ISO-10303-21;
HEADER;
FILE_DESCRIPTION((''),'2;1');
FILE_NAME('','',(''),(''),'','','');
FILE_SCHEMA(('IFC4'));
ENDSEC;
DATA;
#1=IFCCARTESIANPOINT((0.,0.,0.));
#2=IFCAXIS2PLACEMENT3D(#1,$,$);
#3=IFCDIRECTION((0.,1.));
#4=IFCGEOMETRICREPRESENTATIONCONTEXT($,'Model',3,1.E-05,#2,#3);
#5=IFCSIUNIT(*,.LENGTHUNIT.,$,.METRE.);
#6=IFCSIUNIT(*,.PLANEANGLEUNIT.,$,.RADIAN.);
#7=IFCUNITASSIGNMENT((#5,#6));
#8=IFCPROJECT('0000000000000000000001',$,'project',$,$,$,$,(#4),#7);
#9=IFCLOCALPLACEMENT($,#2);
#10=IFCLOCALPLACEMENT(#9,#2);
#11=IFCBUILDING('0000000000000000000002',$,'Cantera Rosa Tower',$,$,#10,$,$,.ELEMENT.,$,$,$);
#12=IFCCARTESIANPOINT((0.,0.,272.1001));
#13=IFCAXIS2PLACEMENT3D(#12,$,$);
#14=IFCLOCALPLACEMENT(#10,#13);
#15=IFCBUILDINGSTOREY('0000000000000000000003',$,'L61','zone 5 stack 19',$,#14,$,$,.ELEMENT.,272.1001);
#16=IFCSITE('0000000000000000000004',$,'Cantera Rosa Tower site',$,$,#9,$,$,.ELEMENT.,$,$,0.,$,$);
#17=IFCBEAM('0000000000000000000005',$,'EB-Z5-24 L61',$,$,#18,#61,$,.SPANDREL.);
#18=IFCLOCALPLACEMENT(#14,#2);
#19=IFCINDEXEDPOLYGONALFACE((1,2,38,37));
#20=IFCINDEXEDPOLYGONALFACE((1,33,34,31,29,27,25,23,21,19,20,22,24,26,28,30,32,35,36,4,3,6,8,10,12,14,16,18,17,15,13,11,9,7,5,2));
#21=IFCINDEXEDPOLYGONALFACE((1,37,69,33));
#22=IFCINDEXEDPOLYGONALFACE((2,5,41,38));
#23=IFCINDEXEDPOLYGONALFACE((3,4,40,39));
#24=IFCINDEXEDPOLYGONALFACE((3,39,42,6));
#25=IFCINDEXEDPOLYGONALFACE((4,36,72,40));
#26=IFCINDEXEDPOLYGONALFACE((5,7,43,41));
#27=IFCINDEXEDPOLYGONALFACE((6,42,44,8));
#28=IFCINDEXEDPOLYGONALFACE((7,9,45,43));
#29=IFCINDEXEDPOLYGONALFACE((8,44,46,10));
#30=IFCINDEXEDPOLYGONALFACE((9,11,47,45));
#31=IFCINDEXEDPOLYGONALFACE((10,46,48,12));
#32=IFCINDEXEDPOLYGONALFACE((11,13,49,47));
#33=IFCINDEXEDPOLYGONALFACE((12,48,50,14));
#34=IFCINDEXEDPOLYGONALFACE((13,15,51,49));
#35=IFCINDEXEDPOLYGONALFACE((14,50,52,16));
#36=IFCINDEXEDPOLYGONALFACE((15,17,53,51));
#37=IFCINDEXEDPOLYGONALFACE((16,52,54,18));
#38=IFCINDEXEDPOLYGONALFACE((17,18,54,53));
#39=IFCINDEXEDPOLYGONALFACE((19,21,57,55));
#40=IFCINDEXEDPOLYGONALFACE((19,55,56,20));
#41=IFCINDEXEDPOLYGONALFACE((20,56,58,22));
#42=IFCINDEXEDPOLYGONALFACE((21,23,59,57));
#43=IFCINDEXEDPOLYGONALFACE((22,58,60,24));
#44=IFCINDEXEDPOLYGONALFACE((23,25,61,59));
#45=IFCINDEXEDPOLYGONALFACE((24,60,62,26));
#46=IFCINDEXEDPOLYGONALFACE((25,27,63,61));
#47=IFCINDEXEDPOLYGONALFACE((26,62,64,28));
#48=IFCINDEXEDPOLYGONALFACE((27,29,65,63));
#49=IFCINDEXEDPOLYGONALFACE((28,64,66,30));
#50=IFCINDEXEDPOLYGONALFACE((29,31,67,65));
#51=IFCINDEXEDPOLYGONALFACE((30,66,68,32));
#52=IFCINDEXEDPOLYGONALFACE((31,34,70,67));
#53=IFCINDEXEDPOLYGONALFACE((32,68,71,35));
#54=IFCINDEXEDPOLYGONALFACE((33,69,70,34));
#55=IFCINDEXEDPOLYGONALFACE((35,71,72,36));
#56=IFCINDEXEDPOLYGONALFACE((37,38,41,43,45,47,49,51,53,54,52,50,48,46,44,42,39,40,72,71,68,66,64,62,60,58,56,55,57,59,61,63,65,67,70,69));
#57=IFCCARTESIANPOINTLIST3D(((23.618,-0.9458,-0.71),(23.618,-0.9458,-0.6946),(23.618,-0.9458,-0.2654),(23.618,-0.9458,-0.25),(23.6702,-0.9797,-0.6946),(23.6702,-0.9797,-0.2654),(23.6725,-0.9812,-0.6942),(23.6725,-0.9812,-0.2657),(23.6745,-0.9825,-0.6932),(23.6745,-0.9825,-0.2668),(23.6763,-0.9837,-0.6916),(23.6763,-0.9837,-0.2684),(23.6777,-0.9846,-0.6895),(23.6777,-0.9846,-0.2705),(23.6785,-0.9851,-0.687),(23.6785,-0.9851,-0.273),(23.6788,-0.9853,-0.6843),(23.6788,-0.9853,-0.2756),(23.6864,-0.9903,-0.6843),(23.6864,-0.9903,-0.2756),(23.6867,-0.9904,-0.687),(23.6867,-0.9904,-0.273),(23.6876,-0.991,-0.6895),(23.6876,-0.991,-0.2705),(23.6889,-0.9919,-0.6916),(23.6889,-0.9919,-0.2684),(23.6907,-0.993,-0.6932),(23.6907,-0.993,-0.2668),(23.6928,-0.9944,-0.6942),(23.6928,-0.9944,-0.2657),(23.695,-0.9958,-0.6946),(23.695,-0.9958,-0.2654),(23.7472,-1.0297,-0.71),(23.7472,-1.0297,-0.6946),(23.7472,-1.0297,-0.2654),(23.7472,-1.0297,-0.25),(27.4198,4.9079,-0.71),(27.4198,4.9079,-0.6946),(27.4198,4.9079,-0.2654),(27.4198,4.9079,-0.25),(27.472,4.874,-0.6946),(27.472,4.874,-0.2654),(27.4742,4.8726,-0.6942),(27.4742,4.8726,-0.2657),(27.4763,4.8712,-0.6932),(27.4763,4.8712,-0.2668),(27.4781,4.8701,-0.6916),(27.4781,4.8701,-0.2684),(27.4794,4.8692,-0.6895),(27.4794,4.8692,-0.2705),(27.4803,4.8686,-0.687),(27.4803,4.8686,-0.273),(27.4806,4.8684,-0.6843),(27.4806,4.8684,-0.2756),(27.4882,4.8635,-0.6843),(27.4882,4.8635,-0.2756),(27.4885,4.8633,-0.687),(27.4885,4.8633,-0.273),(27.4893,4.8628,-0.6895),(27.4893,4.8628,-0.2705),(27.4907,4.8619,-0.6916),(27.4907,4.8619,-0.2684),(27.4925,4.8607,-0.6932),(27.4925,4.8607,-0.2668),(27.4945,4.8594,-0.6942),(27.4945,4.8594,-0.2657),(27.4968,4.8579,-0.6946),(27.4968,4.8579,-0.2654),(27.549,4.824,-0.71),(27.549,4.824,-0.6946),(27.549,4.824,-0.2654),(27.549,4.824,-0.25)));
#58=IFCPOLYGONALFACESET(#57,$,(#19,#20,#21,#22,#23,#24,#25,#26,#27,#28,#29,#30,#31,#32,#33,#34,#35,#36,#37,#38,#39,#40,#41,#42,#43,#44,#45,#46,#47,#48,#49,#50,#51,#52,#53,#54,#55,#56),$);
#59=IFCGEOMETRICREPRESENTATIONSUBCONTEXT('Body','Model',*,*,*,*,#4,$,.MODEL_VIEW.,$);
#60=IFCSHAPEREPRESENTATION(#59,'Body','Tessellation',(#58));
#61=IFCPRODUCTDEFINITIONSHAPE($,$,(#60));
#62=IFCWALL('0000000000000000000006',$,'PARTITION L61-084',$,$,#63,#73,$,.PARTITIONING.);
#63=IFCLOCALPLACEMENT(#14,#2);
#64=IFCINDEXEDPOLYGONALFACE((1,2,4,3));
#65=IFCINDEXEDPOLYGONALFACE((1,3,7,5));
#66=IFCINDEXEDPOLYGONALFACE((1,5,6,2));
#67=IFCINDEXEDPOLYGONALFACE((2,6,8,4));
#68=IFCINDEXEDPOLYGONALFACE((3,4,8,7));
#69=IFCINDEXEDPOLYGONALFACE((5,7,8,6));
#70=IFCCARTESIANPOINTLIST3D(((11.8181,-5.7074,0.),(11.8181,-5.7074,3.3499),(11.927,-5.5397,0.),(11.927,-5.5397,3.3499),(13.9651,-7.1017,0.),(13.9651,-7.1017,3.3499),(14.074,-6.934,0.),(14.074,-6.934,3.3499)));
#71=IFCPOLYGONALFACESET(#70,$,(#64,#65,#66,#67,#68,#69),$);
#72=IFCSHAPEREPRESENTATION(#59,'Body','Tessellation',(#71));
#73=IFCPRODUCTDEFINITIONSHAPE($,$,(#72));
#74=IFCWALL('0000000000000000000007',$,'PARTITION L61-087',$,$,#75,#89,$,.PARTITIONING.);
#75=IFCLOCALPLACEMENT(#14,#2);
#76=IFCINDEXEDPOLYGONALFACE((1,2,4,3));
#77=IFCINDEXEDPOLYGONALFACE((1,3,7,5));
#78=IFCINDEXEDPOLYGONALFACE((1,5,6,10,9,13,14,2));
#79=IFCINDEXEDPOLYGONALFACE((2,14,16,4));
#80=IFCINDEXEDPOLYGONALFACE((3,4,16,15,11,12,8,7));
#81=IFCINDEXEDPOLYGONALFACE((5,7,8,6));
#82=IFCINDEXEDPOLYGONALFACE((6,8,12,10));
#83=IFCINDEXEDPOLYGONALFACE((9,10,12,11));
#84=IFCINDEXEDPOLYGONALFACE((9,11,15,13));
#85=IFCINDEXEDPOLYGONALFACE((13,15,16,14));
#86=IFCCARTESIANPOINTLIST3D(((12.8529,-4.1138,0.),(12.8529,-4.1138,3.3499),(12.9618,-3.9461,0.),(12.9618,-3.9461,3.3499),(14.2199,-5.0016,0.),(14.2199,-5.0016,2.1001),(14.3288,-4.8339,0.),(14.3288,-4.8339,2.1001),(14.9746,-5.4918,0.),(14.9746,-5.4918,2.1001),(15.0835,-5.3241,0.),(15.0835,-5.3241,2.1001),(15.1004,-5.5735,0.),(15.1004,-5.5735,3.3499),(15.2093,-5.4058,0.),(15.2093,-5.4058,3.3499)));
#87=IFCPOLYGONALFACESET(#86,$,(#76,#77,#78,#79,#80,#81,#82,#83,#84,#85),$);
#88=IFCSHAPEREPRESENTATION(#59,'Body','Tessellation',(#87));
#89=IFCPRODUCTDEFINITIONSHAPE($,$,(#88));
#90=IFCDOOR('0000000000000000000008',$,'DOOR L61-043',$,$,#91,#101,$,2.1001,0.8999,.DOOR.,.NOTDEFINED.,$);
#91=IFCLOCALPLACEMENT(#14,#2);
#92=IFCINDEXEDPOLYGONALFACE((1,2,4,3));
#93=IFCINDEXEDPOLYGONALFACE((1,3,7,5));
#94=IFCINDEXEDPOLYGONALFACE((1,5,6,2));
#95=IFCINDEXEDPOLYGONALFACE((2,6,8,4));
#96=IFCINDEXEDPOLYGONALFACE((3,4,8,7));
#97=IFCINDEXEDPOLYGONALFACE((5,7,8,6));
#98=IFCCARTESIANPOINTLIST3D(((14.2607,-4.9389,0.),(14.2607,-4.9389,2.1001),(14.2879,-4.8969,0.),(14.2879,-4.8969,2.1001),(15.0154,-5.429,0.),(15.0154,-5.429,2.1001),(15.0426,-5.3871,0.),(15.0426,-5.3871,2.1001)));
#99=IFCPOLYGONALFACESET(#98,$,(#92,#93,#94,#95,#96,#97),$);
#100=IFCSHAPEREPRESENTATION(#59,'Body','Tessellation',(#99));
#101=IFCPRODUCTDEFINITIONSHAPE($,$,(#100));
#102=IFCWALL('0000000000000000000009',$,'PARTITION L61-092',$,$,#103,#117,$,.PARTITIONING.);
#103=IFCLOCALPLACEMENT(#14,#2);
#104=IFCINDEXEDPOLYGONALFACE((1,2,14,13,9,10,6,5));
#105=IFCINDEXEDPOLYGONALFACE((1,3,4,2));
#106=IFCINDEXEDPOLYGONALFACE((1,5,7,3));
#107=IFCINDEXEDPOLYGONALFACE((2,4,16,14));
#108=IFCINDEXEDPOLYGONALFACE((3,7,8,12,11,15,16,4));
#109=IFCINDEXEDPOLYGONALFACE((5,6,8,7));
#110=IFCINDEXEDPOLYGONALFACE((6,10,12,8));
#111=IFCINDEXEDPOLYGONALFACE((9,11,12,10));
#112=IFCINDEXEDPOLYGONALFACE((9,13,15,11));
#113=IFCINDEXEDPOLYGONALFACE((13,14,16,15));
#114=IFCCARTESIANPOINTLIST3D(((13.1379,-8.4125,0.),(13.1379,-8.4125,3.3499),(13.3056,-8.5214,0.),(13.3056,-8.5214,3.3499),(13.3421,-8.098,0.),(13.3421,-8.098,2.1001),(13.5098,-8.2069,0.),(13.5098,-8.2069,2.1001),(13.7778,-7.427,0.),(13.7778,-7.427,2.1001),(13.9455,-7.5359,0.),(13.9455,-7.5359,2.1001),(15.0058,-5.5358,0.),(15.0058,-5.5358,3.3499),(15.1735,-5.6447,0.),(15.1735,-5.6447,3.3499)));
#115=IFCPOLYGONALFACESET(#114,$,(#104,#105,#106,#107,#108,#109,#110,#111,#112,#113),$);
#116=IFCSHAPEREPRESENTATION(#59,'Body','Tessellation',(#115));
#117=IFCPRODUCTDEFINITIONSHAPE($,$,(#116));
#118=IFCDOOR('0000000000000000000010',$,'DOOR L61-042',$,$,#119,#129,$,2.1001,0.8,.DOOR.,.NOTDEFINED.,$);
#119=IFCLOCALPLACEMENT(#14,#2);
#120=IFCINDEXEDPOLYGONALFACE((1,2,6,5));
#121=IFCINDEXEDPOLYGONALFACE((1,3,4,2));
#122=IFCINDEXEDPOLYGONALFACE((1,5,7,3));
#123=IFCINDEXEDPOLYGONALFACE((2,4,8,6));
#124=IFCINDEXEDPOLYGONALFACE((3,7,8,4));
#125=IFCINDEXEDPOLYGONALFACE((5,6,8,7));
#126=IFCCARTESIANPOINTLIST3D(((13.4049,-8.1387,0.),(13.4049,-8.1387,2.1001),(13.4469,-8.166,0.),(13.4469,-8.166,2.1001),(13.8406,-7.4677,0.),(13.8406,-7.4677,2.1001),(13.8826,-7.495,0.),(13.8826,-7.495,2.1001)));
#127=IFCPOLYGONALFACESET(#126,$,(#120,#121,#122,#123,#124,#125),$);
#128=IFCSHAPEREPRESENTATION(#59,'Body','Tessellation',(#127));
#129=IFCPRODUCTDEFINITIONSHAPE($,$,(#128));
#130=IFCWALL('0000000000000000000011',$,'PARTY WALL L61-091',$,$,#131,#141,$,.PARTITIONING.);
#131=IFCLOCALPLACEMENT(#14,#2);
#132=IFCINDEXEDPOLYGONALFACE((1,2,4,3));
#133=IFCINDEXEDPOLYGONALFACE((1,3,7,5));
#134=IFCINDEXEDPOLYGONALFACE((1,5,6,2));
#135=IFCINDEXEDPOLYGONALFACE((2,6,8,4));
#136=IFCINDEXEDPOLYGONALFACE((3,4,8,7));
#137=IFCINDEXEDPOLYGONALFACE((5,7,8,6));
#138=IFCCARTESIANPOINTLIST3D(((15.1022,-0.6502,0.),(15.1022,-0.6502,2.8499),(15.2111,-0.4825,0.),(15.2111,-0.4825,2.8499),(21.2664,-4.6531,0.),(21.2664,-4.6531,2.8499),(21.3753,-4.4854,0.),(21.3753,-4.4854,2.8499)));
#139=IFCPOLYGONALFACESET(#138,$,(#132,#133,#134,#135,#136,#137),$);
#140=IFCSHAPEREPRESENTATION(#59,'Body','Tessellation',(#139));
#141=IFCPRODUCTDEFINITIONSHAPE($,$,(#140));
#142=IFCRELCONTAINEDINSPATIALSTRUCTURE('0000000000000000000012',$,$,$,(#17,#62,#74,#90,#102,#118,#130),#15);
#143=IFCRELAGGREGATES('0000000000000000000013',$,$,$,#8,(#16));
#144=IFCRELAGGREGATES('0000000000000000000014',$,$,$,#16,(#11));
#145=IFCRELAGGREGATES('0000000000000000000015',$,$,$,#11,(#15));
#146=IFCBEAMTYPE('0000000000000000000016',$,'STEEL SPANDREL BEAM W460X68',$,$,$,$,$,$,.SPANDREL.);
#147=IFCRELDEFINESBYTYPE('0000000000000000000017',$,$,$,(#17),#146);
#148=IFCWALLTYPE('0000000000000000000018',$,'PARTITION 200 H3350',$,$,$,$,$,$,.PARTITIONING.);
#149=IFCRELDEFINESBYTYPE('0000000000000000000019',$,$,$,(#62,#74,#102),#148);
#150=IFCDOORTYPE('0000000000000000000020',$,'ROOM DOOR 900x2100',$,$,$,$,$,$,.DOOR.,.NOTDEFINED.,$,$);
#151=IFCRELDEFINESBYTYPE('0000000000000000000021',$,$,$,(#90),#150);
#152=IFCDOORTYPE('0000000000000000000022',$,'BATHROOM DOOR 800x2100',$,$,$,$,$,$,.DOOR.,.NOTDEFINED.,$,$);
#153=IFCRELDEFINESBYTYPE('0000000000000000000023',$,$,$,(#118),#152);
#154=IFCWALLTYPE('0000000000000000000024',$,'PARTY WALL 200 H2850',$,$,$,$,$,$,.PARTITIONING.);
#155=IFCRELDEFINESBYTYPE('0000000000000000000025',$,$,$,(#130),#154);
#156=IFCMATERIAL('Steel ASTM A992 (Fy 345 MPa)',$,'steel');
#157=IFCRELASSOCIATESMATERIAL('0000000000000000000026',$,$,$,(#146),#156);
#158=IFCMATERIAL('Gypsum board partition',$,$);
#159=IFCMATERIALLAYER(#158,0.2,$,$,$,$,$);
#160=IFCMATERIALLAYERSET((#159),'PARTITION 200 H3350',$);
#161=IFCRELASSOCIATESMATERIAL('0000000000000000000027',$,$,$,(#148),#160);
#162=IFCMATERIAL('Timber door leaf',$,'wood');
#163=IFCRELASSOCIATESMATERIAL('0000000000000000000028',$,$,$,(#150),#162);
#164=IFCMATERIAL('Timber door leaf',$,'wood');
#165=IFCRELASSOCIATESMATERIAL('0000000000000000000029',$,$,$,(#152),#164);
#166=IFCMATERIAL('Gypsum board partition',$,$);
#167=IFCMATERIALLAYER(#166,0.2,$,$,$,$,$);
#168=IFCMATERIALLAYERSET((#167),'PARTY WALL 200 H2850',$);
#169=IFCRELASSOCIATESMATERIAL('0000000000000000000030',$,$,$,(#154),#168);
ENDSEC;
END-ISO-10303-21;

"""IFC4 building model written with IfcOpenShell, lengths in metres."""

from ifc_helpers import new_model, si_unit, direction, frame, frame_2d, origin, origin_2d, place, context, subcontext, project, spatial, rectangle, i_section, extrude, material, layer, layer_set, material_profile, profile_set, type_object, element, fill, save


model = new_model("IFC4")

# Units and contexts
model_context = context("Model", 3, precision=1e-05, world=origin(), true_north=direction((0.0, 1.0)))
body_context = subcontext(model_context, "Body", "Model", "MODEL_VIEW")
ifc_project = project(units=[si_unit("LENGTHUNIT", "METRE"), si_unit("PLANEANGLEUNIT", "RADIAN")], contexts=[model_context])

# Site, building, storey
site_placement = place(None, origin())
site = spatial("IfcSite", under=ifc_project, at=site_placement, Name="Cantera Rosa Tower site", CompositionType="ELEMENT", RefElevation=0.0)
building_placement = place(site_placement, origin())
building = spatial("IfcBuilding", under=site, at=building_placement, Name="Cantera Rosa Tower", CompositionType="ELEMENT")
storey_placement = place(building_placement, frame((0.0, 0.0, 272.1001)))
storey = spatial("IfcBuildingStorey", under=building, at=storey_placement, Name="L61", Description="zone 5 stack 19", CompositionType="ELEMENT", Elevation=272.1001)

# Beam
ifc_material_1 = material(Name="Steel ASTM A992 (Fy 345 MPa)", Category="steel")
ifc_material_profile_1 = material_profile(ifc_material_1, i_section(OverallWidth=0.1541, OverallDepth=0.46, WebThickness=0.009, FlangeThickness=0.0154, FilletRadius=0.0103, at=origin_2d()), Name="W460X68")
ifc_profile_set_1 = profile_set([ifc_material_profile_1], Name="Steel ASTM A992 (Fy 345 MPa)")
beam_type_1 = type_object("IfcBeamType", Name="STEEL SPANDREL BEAM W460X68", PredefinedType="SPANDREL", material=ifc_profile_set_1)
beam_1_placement = place(storey_placement, frame((23.6826, -0.9878, -0.48), z_axis=(0.544667, 0.838652, 0.0), x_axis=(-0.838652, 0.544667, 0.0)))
element("IfcBeam", 1, at=beam_1_placement, inside=storey, type_object=beam_type_1, Name="EB-Z5-24 L61", PredefinedType="SPANDREL", context=body_context, shape_type="SweptSolid", body=[
    extrude(i_section(OverallWidth=0.1541, OverallDepth=0.46, WebThickness=0.009, FlangeThickness=0.0154, FilletRadius=0.0103, at=origin_2d()), origin(), (0.0, 0.0, 1.0), 6.98),
])

# Wall
ifc_material_2 = material(Name="Gypsum board partition")
ifc_layer_1 = layer(ifc_material_2, 0.2)
ifc_layer_set_1 = layer_set([ifc_layer_1], Name="PARTITION 200 H3350")
wall_type_1 = type_object("IfcWallType", Name="PARTITION 200 H3350", PredefinedType="PARTITIONING", material=ifc_layer_set_1)
wall_1_placement = place(storey_placement, frame((11.8726, -5.6235, 0.0), z_axis=(0.0, 0.0, 1.0), x_axis=(0.838666, -0.544646, 0.0)))
element("IfcWall", 2, at=wall_1_placement, inside=storey, type_object=wall_type_1, Name="PARTITION L61-084", PredefinedType="PARTITIONING", context=body_context, shape_type="SweptSolid", body=[
    extrude(rectangle(XDim=2.5601, YDim=0.2, at=frame_2d((1.28, 0.0))), origin(), (0.0, 0.0, 1.0), 3.3499),
])

# Walls, openings, doors
wall_2_placement = place(storey_placement, frame((12.9075, -4.03, 0.0), z_axis=(0.0, 0.0, 1.0), x_axis=(0.838648, -0.544675, 0.0)))
wall_2 = element("IfcWall", 3, at=wall_2_placement, inside=storey, type_object=wall_type_1, Name="PARTITION L61-087", PredefinedType="PARTITIONING", context=body_context, shape_type="SweptSolid", body=[
    extrude(rectangle(XDim=2.6799, YDim=0.2, at=frame_2d((1.3398, 0.0))), origin(), (0.0, 0.0, 1.0), 3.3499),
])
opening_1_placement = place(wall_2_placement, frame((1.6299, 0.0, 0.0)))
opening_1 = element("IfcOpeningElement", 4, at=opening_1_placement, cuts=wall_2, PredefinedType="OPENING", context=body_context, shape_type="SweptSolid", body=[
    extrude(rectangle(XDim=0.8999, YDim=2.1001, at=frame_2d((0.45, 1.05))), frame((0.0, 0.1099, 0.0), z_axis=(0.0, -1.0, 0.0), x_axis=(1.0, 0.0, 0.0)), (0.0, 0.0, 1.0), 0.22),
])
ifc_material_3 = material(Name="Timber door leaf", Category="wood")
door_type_1 = type_object("IfcDoorType", Name="ROOM DOOR 900x2100", OperationType="NOTDEFINED", PredefinedType="DOOR", material=ifc_material_3)
door_1_placement = place(opening_1_placement, origin())
door_1 = element("IfcDoor", 5, at=door_1_placement, inside=storey, type_object=door_type_1, Name="DOOR L61-043", OperationType="NOTDEFINED", OverallHeight=2.1001, OverallWidth=0.8999, PredefinedType="DOOR", context=body_context, shape_type="SweptSolid", body=[
    extrude(rectangle(XDim=0.8999, YDim=2.1001, at=frame_2d((0.45, 1.05))), frame((0.0, 0.0249, 0.0), z_axis=(0.0, -1.0, 0.0), x_axis=(1.0, 0.0, 0.0)), (0.0, 0.0, 1.0), 0.05),
])
fill(opening_1, door_1)
wall_3_placement = place(storey_placement, frame((15.0896, -5.5903, 0.0), z_axis=(0.0, 0.0, 1.0), x_axis=(-0.54459, -0.838702, 0.0)))
wall_3 = element("IfcWall", 6, at=wall_3_placement, inside=storey, type_object=wall_type_1, Name="PARTITION L61-092", PredefinedType="PARTITIONING", context=body_context, shape_type="SweptSolid", body=[
    extrude(rectangle(XDim=3.4299, YDim=0.2, at=frame_2d((1.7148, 0.0))), origin(), (0.0, 0.0, 1.0), 3.3499),
])
opening_2_placement = place(wall_3_placement, frame((2.2549, 0.0, 0.0)))
opening_2 = element("IfcOpeningElement", 7, at=opening_2_placement, cuts=wall_3, PredefinedType="OPENING", context=body_context, shape_type="SweptSolid", body=[
    extrude(rectangle(XDim=0.8, YDim=2.1001, at=frame_2d((0.3999, 1.05))), frame((0.0, 0.1099, 0.0), z_axis=(0.0, -1.0, 0.0), x_axis=(1.0, 0.0, 0.0)), (0.0, 0.0, 1.0), 0.22),
])
ifc_material_4 = material(Name="Timber door leaf", Category="wood")
door_type_2 = type_object("IfcDoorType", Name="BATHROOM DOOR 800x2100", OperationType="NOTDEFINED", PredefinedType="DOOR", material=ifc_material_4)
door_2_placement = place(opening_2_placement, origin())
door_2 = element("IfcDoor", 8, at=door_2_placement, inside=storey, type_object=door_type_2, Name="DOOR L61-042", OperationType="NOTDEFINED", OverallHeight=2.1001, OverallWidth=0.8, PredefinedType="DOOR", context=body_context, shape_type="SweptSolid", body=[
    extrude(rectangle(XDim=0.8, YDim=2.1001, at=frame_2d((0.3999, 1.05))), frame((0.0, 0.0249, 0.0), z_axis=(0.0, -1.0, 0.0), x_axis=(1.0, 0.0, 0.0)), (0.0, 0.0, 1.0), 0.05),
])
fill(opening_2, door_2)

# Wall
ifc_material_5 = material(Name="Gypsum board partition")
ifc_layer_2 = layer(ifc_material_5, 0.2)
ifc_layer_set_2 = layer_set([ifc_layer_2], Name="PARTY WALL 200 H2850")
wall_type_2 = type_object("IfcWallType", Name="PARTY WALL 200 H2850", PredefinedType="PARTITIONING", material=ifc_layer_set_2)
wall_4_placement = place(storey_placement, frame((15.1567, -0.5664, 0.0), z_axis=(0.0, 0.0, 1.0), x_axis=(0.838684, -0.544618, 0.0)))
element("IfcWall", 9, at=wall_4_placement, inside=storey, type_object=wall_type_2, Name="PARTY WALL L61-091", PredefinedType="PARTITIONING", context=body_context, shape_type="SweptSolid", body=[
    extrude(rectangle(XDim=7.3499, YDim=0.2, at=frame_2d((3.6748, 0.0))), origin(), (0.0, 0.0, 1.0), 2.8499),
])

save(model, "model.ifc")
